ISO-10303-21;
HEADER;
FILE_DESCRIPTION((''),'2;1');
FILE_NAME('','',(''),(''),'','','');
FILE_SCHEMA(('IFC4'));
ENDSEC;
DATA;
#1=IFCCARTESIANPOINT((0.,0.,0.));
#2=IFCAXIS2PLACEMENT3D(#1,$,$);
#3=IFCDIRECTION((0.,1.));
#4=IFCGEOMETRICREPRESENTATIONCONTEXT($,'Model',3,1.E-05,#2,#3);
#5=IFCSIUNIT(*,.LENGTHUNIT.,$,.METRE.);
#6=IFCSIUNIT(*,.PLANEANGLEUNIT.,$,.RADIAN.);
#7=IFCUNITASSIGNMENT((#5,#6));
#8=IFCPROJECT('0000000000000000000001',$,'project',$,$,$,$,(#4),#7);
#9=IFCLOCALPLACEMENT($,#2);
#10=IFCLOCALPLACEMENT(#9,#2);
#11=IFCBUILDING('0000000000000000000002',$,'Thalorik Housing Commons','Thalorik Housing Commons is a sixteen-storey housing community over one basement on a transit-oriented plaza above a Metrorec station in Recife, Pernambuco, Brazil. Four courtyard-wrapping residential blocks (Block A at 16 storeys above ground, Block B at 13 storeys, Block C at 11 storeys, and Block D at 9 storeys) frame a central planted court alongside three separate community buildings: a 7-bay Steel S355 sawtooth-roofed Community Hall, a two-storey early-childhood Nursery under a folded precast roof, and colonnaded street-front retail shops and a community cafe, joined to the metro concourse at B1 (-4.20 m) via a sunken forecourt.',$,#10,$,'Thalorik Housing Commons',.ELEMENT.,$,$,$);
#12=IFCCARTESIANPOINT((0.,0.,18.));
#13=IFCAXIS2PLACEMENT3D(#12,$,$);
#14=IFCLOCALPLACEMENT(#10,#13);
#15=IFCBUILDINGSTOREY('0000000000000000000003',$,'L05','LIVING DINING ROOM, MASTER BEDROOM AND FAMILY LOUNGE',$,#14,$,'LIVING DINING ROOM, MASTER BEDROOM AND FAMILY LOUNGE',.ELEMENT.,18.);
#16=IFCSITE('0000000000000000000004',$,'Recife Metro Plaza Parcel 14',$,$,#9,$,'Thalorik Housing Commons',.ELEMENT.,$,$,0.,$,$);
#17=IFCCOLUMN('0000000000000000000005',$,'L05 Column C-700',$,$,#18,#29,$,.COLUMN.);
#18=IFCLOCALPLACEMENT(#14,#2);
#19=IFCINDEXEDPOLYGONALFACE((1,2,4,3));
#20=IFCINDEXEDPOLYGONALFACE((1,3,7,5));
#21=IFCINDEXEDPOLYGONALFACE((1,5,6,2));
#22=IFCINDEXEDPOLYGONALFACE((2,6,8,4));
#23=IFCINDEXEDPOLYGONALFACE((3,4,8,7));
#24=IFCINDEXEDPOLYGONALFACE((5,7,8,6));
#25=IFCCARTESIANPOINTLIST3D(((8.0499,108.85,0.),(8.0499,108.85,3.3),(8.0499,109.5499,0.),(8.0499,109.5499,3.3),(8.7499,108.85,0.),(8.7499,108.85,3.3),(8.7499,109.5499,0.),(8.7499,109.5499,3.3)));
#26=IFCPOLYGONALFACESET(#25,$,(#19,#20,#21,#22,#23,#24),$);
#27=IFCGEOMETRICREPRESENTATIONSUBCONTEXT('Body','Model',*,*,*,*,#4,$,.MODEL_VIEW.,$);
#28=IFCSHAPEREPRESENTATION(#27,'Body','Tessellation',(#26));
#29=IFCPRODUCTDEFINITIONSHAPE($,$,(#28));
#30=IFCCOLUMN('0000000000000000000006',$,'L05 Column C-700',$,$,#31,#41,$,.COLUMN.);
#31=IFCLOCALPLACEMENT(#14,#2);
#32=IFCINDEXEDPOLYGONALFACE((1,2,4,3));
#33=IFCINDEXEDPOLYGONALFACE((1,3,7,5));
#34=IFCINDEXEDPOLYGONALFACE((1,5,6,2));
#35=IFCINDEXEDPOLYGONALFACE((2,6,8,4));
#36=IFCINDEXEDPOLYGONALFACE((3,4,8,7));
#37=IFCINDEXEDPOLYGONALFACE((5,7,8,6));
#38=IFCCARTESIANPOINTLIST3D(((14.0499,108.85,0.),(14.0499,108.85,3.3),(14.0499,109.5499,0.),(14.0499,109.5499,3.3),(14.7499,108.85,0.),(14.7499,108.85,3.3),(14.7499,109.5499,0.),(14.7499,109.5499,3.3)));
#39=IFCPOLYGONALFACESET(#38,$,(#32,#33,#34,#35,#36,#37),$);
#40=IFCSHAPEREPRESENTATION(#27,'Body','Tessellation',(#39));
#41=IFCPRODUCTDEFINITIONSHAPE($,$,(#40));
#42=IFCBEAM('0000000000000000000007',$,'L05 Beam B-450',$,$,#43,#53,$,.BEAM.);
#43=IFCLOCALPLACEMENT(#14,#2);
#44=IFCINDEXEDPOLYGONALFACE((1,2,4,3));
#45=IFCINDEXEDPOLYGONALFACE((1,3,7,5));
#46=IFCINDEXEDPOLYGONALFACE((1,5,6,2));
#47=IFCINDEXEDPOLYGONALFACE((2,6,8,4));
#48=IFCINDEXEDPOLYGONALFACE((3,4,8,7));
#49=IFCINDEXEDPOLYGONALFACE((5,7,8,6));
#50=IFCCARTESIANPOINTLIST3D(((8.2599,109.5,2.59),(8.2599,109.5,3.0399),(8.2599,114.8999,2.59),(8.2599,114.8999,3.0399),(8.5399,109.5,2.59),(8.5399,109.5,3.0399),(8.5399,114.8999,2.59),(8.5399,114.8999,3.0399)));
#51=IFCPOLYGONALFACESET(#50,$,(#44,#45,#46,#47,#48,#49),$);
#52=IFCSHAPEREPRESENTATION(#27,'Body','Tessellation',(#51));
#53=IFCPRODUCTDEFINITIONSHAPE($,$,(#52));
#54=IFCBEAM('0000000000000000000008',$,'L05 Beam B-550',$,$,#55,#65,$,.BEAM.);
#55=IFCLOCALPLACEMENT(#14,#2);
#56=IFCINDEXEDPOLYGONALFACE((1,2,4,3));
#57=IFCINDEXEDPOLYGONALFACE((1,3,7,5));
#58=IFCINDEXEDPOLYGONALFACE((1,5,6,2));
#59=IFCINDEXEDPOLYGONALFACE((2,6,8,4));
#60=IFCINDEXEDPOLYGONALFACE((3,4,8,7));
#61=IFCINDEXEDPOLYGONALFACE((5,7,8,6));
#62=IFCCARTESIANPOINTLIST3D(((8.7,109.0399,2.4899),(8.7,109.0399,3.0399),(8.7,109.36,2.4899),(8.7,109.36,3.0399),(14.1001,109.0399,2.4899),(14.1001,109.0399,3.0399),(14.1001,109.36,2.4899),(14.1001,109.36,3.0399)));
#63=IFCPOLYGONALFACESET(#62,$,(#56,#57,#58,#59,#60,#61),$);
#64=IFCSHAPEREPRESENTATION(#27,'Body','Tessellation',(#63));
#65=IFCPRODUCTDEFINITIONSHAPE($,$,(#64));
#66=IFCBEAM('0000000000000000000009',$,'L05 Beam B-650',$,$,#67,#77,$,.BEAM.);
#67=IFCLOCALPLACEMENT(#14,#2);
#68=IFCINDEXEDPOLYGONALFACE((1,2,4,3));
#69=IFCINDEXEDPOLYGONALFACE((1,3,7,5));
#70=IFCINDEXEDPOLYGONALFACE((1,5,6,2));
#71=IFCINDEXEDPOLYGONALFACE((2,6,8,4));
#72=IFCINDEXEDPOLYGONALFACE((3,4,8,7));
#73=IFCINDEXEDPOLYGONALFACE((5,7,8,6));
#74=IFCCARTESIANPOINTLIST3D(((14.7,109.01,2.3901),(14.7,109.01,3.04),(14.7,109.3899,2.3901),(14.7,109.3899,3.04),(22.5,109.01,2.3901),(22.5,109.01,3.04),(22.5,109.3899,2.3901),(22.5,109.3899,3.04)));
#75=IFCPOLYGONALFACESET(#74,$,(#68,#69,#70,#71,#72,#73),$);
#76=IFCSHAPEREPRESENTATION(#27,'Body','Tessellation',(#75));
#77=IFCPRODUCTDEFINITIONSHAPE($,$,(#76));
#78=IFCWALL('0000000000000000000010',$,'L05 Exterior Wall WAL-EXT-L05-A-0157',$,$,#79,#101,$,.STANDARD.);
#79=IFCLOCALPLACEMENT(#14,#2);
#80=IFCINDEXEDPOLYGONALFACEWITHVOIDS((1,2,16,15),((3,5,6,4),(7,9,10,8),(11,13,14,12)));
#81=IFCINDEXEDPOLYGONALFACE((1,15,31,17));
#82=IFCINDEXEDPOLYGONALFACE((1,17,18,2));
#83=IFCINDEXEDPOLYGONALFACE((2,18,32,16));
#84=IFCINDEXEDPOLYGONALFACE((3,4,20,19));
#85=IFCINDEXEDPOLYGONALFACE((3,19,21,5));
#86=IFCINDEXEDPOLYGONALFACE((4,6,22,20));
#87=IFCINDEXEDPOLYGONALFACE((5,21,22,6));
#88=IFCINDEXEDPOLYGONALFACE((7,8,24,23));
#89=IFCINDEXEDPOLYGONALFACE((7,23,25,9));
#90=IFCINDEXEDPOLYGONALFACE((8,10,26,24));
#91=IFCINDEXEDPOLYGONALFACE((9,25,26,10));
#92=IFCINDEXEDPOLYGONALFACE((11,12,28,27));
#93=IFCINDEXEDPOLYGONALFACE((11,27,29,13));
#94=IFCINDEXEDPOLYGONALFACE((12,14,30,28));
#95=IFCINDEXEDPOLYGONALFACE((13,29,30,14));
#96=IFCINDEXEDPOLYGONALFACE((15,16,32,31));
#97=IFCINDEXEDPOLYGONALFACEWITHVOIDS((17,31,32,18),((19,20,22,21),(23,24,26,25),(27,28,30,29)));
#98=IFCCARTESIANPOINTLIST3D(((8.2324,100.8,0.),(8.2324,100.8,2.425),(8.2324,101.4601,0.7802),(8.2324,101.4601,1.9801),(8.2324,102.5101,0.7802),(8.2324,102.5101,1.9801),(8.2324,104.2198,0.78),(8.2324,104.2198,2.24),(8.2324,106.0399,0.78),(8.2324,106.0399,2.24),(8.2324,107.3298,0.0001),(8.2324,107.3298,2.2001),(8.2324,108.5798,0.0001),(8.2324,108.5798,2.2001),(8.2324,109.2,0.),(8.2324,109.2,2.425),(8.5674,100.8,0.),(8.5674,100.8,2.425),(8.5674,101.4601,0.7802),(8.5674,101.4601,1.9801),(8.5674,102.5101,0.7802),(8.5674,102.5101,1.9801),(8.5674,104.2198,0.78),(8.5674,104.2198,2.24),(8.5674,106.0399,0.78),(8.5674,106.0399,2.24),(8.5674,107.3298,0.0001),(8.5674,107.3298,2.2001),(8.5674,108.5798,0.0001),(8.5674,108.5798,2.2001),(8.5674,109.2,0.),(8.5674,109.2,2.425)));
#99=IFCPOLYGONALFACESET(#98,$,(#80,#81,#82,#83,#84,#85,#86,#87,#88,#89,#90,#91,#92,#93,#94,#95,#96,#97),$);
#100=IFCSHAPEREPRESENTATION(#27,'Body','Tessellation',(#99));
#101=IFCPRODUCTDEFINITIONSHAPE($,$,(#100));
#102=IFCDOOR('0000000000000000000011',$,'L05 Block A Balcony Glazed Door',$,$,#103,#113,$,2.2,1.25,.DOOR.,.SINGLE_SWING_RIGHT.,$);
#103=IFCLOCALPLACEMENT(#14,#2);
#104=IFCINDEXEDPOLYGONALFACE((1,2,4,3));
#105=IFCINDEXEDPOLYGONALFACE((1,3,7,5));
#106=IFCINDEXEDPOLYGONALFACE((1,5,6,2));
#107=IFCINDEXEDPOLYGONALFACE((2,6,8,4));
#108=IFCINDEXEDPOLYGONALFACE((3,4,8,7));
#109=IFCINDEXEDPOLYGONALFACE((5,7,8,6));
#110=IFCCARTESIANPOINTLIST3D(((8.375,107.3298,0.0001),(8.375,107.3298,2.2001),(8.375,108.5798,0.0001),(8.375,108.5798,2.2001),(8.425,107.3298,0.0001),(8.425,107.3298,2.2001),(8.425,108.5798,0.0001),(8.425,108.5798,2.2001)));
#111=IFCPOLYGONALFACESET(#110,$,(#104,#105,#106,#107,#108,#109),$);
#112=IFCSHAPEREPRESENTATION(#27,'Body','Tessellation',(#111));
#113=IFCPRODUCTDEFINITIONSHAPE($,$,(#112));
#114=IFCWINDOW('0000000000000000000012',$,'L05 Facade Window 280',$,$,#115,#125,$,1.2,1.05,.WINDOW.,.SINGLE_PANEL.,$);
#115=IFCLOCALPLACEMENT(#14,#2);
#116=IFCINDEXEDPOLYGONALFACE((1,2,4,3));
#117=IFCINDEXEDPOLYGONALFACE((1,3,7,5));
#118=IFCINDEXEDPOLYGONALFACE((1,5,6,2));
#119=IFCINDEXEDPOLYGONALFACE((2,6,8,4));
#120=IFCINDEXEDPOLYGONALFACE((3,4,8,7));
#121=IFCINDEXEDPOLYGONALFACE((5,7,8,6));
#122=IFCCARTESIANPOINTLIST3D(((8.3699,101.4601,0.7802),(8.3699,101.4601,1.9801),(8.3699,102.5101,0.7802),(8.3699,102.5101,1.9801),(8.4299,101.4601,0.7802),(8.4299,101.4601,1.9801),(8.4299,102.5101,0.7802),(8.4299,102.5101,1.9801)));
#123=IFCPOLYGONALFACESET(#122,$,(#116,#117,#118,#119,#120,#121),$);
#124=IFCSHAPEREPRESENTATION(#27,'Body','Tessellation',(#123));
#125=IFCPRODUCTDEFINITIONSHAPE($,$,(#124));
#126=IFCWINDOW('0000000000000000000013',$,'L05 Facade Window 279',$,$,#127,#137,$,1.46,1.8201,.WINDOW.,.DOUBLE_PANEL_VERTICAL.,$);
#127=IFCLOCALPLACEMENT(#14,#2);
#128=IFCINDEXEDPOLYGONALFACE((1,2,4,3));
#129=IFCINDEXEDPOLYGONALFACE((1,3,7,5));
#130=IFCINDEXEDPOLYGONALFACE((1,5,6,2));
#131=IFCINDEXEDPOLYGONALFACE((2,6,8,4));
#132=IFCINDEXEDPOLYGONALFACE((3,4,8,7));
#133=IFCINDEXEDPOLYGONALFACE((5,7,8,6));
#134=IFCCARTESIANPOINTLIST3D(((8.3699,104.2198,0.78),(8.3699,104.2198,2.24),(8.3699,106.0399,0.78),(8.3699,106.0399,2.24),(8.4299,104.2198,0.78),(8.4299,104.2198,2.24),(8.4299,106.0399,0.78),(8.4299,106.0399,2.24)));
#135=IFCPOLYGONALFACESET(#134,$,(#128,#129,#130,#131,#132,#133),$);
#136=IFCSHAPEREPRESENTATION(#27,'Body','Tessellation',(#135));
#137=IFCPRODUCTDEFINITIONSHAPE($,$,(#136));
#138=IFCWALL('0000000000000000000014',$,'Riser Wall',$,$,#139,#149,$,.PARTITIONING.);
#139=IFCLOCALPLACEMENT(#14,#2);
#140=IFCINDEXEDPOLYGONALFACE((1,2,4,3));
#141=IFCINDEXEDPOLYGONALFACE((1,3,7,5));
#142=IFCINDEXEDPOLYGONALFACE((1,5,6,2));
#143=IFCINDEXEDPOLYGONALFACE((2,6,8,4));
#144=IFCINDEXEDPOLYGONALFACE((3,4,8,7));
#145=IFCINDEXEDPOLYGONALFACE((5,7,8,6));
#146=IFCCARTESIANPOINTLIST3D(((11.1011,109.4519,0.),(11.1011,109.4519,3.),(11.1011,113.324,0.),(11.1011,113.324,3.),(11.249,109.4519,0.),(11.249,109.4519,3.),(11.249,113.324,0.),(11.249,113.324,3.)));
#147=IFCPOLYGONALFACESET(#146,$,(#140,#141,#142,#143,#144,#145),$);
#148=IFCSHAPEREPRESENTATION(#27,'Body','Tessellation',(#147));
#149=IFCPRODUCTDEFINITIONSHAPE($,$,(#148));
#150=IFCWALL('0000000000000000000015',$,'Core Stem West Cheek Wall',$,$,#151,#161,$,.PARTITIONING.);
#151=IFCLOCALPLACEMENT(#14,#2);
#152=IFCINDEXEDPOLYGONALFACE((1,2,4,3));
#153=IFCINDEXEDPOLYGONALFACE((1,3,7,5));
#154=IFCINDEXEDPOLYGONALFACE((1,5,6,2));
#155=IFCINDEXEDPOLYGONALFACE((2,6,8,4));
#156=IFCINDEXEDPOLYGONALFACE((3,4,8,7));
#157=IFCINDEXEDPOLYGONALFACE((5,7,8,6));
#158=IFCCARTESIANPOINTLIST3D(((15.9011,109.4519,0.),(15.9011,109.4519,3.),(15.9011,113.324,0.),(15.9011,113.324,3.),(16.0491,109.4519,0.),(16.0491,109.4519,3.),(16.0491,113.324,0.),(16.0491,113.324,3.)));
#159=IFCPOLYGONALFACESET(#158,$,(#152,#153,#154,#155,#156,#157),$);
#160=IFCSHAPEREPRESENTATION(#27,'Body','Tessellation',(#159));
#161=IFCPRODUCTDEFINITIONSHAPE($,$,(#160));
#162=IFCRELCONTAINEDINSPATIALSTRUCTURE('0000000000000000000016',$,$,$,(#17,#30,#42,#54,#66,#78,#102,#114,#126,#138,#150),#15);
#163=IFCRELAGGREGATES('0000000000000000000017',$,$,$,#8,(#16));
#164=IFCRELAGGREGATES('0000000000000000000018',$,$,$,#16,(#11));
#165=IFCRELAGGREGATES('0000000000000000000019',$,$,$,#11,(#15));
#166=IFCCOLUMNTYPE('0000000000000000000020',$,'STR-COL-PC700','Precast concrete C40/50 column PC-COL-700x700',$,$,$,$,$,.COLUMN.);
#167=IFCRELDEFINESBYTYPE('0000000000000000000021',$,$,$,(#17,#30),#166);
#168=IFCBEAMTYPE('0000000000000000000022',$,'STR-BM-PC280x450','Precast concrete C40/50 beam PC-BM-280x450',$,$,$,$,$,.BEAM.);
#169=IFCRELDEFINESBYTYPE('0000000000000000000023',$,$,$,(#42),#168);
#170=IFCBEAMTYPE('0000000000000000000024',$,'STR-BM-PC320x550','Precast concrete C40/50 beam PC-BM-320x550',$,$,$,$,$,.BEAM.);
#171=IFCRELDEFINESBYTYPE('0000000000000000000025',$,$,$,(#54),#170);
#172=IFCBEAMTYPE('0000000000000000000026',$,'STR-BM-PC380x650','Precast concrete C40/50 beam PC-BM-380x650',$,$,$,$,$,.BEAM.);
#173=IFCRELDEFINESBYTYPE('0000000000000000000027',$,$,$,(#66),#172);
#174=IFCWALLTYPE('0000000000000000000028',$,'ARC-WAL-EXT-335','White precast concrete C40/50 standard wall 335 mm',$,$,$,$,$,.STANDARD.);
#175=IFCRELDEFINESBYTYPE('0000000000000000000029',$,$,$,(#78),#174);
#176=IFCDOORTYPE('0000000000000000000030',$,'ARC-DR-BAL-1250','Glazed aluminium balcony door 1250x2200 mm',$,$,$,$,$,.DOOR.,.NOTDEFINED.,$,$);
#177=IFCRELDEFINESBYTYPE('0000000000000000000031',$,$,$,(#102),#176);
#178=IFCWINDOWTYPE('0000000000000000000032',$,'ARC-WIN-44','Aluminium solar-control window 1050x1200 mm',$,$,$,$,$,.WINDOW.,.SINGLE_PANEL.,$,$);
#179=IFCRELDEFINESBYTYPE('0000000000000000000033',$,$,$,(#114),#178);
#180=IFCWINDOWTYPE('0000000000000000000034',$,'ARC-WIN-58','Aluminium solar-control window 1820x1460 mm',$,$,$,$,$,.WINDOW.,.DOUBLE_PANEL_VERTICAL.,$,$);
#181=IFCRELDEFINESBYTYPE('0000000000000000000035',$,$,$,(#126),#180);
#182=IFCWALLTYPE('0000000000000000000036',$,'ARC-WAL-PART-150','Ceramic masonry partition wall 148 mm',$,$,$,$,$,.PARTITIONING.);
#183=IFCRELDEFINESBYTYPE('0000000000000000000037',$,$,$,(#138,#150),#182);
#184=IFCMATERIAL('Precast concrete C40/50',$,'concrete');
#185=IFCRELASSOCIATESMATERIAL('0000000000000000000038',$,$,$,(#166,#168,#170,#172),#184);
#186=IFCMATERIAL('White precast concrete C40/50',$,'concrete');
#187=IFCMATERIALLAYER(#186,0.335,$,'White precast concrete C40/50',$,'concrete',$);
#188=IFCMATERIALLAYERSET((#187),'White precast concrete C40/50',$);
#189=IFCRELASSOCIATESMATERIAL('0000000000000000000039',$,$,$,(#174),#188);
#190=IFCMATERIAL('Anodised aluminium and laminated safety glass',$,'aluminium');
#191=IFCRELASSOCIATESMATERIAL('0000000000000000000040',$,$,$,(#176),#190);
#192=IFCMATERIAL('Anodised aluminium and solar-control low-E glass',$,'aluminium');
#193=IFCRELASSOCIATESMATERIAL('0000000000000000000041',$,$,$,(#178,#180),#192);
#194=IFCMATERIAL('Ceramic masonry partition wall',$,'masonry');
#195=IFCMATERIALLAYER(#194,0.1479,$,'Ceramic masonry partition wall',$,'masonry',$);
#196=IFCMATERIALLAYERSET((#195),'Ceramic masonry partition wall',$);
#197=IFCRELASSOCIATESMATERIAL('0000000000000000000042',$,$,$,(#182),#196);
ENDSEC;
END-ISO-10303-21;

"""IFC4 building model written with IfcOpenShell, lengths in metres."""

from ifc_helpers import new_model, si_unit, direction, frame, frame_2d, origin, origin_2d, place, context, subcontext, project, spatial, rectangle, extrude, material, layer, layer_set, material_profile, profile_set, type_object, element, fill, save


model = new_model("IFC4")

# Units and contexts
model_context = context("Model", 3, precision=1e-05, world=origin(), true_north=direction((0.0, 1.0)))
body_context = subcontext(model_context, "Body", "Model", "MODEL_VIEW")
ifc_project = project(units=[si_unit("LENGTHUNIT", "METRE"), si_unit("PLANEANGLEUNIT", "RADIAN")], contexts=[model_context])

# Site, building, storey
site_placement = place(None, origin())
site = spatial("IfcSite", under=ifc_project, at=site_placement, Name="Recife Metro Plaza Parcel 14", LongName="Thalorik Housing Commons", CompositionType="ELEMENT", RefElevation=0.0)
building_placement = place(site_placement, origin())
building = spatial("IfcBuilding", under=site, at=building_placement, Name="Thalorik Housing Commons", Description="Thalorik Housing Commons is a sixteen-storey housing community over one basement on a transit-oriented plaza above a Metrorec station in Recife, Pernambuco, Brazil. Four courtyard-wrapping residential blocks (Block A at 16 storeys above ground, Block B at 13 storeys, Block C at 11 storeys, and Block D at 9 storeys) frame a central planted court alongside three separate community buildings: a 7-bay Steel S355 sawtooth-roofed Community Hall, a two-storey early-childhood Nursery under a folded precast roof, and colonnaded street-front retail shops and a community cafe, joined to the metro concourse at B1 (-4.20 m) via a sunken forecourt.", LongName="Thalorik Housing Commons", CompositionType="ELEMENT")
storey_placement = place(building_placement, frame((0.0, 0.0, 18.0)))
storey = spatial("IfcBuildingStorey", under=building, at=storey_placement, Name="L05", Description="LIVING DINING ROOM, MASTER BEDROOM AND FAMILY LOUNGE", LongName="LIVING DINING ROOM, MASTER BEDROOM AND FAMILY LOUNGE", CompositionType="ELEMENT", Elevation=18.0)

# Columns
ifc_material_1 = material(Name="Precast concrete C40/50", Category="concrete")
ifc_material_profile_1 = material_profile(ifc_material_1, rectangle(XDim=0.7, YDim=0.7, at=origin_2d()), Name="PC 700x700", Category="concrete")
ifc_profile_set_1 = profile_set([ifc_material_profile_1], Name="Precast concrete C40/50")
column_type = type_object("IfcColumnType", Name="STR-COL-PC700", Description="Precast concrete C40/50 column PC-COL-700x700", PredefinedType="COLUMN", material=ifc_profile_set_1)
for number, where, z_axis, x_axis, name in (
    (1, (8.3999, 109.2, 0.0), (0.0, 0.0, 1.0), (1.0, 0.0, 0.0), "L05 Column C-700"),
    (2, (14.3999, 109.2, 0.0), (0.0, 0.0, 1.0), (1.0, 0.0, 0.0), "L05 Column C-700"),
):
    element("IfcColumn", number, at=place(storey_placement, frame(where, z_axis=z_axis, x_axis=x_axis)), inside=storey, type_object=column_type, Name=name, PredefinedType="COLUMN", context=body_context, shape_type="SweptSolid", body=[
        extrude(rectangle(XDim=0.7, YDim=0.7, at=origin_2d()), origin(), (0.0, 0.0, 1.0), 3.3),
    ])

# Beams
ifc_material_profile_2 = material_profile(ifc_material_1, rectangle(XDim=0.28, YDim=0.45, at=origin_2d()), Name="PC 280x450", Category="concrete")
ifc_profile_set_2 = profile_set([ifc_material_profile_2], Name="Precast concrete C40/50")
beam_type_1 = type_object("IfcBeamType", Name="STR-BM-PC280x450", Description="Precast concrete C40/50 beam PC-BM-280x450", PredefinedType="BEAM", material=ifc_profile_set_2)
beam_1_placement = place(storey_placement, frame((8.3999, 109.5, 2.8149), z_axis=(0.0, 1.0, 0.0), x_axis=(-1.0, 0.0, 0.0)))
element("IfcBeam", 3, at=beam_1_placement, inside=storey, type_object=beam_type_1, Name="L05 Beam B-450", PredefinedType="BEAM", context=body_context, shape_type="SweptSolid", body=[
    extrude(rectangle(XDim=0.28, YDim=0.45, at=origin_2d()), origin(), (0.0, 0.0, 1.0), 5.3999),
])
ifc_material_profile_3 = material_profile(ifc_material_1, rectangle(XDim=0.3201, YDim=0.55, at=origin_2d()), Name="PC 320x550", Category="concrete")
ifc_profile_set_3 = profile_set([ifc_material_profile_3], Name="Precast concrete C40/50")
beam_type_2 = type_object("IfcBeamType", Name="STR-BM-PC320x550", Description="Precast concrete C40/50 beam PC-BM-320x550", PredefinedType="BEAM", material=ifc_profile_set_3)
beam_2_placement = place(storey_placement, frame((8.7, 109.2, 2.7649), z_axis=(1.0, 0.0, 0.0), x_axis=(0.0, 1.0, 0.0)))
element("IfcBeam", 4, at=beam_2_placement, inside=storey, type_object=beam_type_2, Name="L05 Beam B-550", PredefinedType="BEAM", context=body_context, shape_type="SweptSolid", body=[
    extrude(rectangle(XDim=0.3201, YDim=0.55, at=origin_2d()), origin(), (0.0, 0.0, 1.0), 5.4001),
])
ifc_material_profile_4 = material_profile(ifc_material_1, rectangle(XDim=0.3799, YDim=0.6499, at=origin_2d()), Name="PC 380x650", Category="concrete")
ifc_profile_set_4 = profile_set([ifc_material_profile_4], Name="Precast concrete C40/50")
beam_type_3 = type_object("IfcBeamType", Name="STR-BM-PC380x650", Description="Precast concrete C40/50 beam PC-BM-380x650", PredefinedType="BEAM", material=ifc_profile_set_4)
beam_3_placement = place(storey_placement, frame((14.7, 109.2, 2.7151), z_axis=(1.0, 0.0, 0.0), x_axis=(0.0, 1.0, 0.0)))
element("IfcBeam", 5, at=beam_3_placement, inside=storey, type_object=beam_type_3, Name="L05 Beam B-650", PredefinedType="BEAM", context=body_context, shape_type="SweptSolid", body=[
    extrude(rectangle(XDim=0.3799, YDim=0.6499, at=origin_2d()), origin(), (0.0, 0.0, 1.0), 7.8),
])

# Wall, openings, door, windows
ifc_material_2 = material(Name="White precast concrete C40/50", Category="concrete")
ifc_layer_1 = layer(ifc_material_2, 0.335, Name="White precast concrete C40/50", Category="concrete")
ifc_layer_set_1 = layer_set([ifc_layer_1], Name="White precast concrete C40/50")
wall_type_1 = type_object("IfcWallType", Name="ARC-WAL-EXT-335", Description="White precast concrete C40/50 standard wall 335 mm", PredefinedType="STANDARD", material=ifc_layer_set_1)
wall_1_placement = place(storey_placement, frame((8.3999, 109.2, 0.0), z_axis=(0.0, 0.0, 1.0), x_axis=(0.0, -1.0, 0.0)))
wall_1 = element("IfcWall", 6, at=wall_1_placement, inside=storey, type_object=wall_type_1, Name="L05 Exterior Wall WAL-EXT-L05-A-0157", PredefinedType="STANDARD", context=body_context, shape_type="SweptSolid", body=[
    extrude(rectangle(XDim=8.3999, YDim=0.335, at=frame_2d((4.2, 0.0))), origin(), (0.0, 0.0, 1.0), 2.425),
])
opening_1_placement = place(wall_1_placement, frame((0.6201, 0.0, 0.0)))
opening_1 = element("IfcOpeningElement", 7, at=opening_1_placement, cuts=wall_1, PredefinedType="OPENING", context=body_context, shape_type="SweptSolid", body=[
    extrude(rectangle(XDim=1.25, YDim=2.2, at=frame_2d((0.625, 1.1001))), frame((0.0, 0.1775, 0.0), z_axis=(0.0, -1.0, 0.0), x_axis=(1.0, 0.0, 0.0)), (0.0, 0.0, 1.0), 0.355),
])
opening_2_placement = place(wall_1_placement, frame((3.1599, 0.0, 0.78)))
opening_2 = element("IfcOpeningElement", 8, at=opening_2_placement, cuts=wall_1, PredefinedType="OPENING", context=body_context, shape_type="SweptSolid", body=[
    extrude(rectangle(XDim=1.8201, YDim=1.46, at=frame_2d((0.9102, 0.73))), frame((0.0, 0.1775, 0.0), z_axis=(0.0, -1.0, 0.0), x_axis=(1.0, 0.0, 0.0)), (0.0, 0.0, 1.0), 0.355),
])
opening_3_placement = place(wall_1_placement, frame((6.6899, 0.0, 0.78)))
opening_3 = element("IfcOpeningElement", 9, at=opening_3_placement, cuts=wall_1, PredefinedType="OPENING", context=body_context, shape_type="SweptSolid", body=[
    extrude(rectangle(XDim=1.05, YDim=1.2, at=frame_2d((0.5249, 0.6001))), frame((0.0, 0.1775, 0.0), z_axis=(0.0, -1.0, 0.0), x_axis=(1.0, 0.0, 0.0)), (0.0, 0.0, 1.0), 0.355),
])
ifc_material_3 = material(Name="Anodised aluminium and laminated safety glass", Category="aluminium")
door_type_1 = type_object("IfcDoorType", Name="ARC-DR-BAL-1250", Description="Glazed aluminium balcony door 1250x2200 mm", OperationType="NOTDEFINED", PredefinedType="DOOR", material=ifc_material_3)
door_1_placement = place(opening_1_placement, frame((1.25, 0.0, 0.0), z_axis=(0.0, 0.0, 1.0), x_axis=(-1.0, 0.0, 0.0)))
door_1 = element("IfcDoor", 10, at=door_1_placement, inside=storey, type_object=door_type_1, Name="L05 Block A Balcony Glazed Door", OperationType="SINGLE_SWING_RIGHT", OverallHeight=2.2, OverallWidth=1.25, PredefinedType="DOOR", context=body_context, shape_type="SweptSolid", body=[
    extrude(rectangle(XDim=1.25, YDim=2.2, at=frame_2d((0.625, 1.1001))), frame((0.0, 0.0249, 0.0), z_axis=(0.0, -1.0, 0.0), x_axis=(1.0, 0.0, 0.0)), (0.0, 0.0, 1.0), 0.05),
])
fill(opening_1, door_1)
ifc_material_4 = material(Name="Anodised aluminium and solar-control low-E glass", Category="aluminium")
window_type_1 = type_object("IfcWindowType", Name="ARC-WIN-44", Description="Aluminium solar-control window 1050x1200 mm", PartitioningType="SINGLE_PANEL", PredefinedType="WINDOW", material=ifc_material_4)
window_1_placement = place(opening_3_placement, origin())
window_1 = element("IfcWindow", 11, at=window_1_placement, inside=storey, type_object=window_type_1, Name="L05 Facade Window 280", OverallHeight=1.2, OverallWidth=1.05, PartitioningType="SINGLE_PANEL", PredefinedType="WINDOW", context=body_context, shape_type="SweptSolid", body=[
    extrude(rectangle(XDim=1.05, YDim=1.2, at=frame_2d((0.5249, 0.6001))), frame((0.0, 0.03, 0.0), z_axis=(0.0, -1.0, 0.0), x_axis=(1.0, 0.0, 0.0)), (0.0, 0.0, 1.0), 0.0601),
])
fill(opening_3, window_1)
window_type_2 = type_object("IfcWindowType", Name="ARC-WIN-58", Description="Aluminium solar-control window 1820x1460 mm", PartitioningType="DOUBLE_PANEL_VERTICAL", PredefinedType="WINDOW", material=ifc_material_4)
window_2_placement = place(opening_2_placement, origin())
window_2 = element("IfcWindow", 12, at=window_2_placement, inside=storey, type_object=window_type_2, Name="L05 Facade Window 279", OverallHeight=1.46, OverallWidth=1.8201, PartitioningType="DOUBLE_PANEL_VERTICAL", PredefinedType="WINDOW", context=body_context, shape_type="SweptSolid", body=[
    extrude(rectangle(XDim=1.8201, YDim=1.46, at=frame_2d((0.9102, 0.73))), frame((0.0, 0.03, 0.0), z_axis=(0.0, -1.0, 0.0), x_axis=(1.0, 0.0, 0.0)), (0.0, 0.0, 1.0), 0.0601),
])
fill(opening_2, window_2)

# Walls
ifc_material_5 = material(Name="Ceramic masonry partition wall", Category="masonry")
ifc_layer_2 = layer(ifc_material_5, 0.1479, Name="Ceramic masonry partition wall", Category="masonry")
ifc_layer_set_2 = layer_set([ifc_layer_2], Name="Ceramic masonry partition wall")
wall_type_2 = type_object("IfcWallType", Name="ARC-WAL-PART-150", Description="Ceramic masonry partition wall 148 mm", PredefinedType="PARTITIONING", material=ifc_layer_set_2)
for number, where, z_axis, x_axis, name in (
    (13, (11.175, 113.324, 0.0), (0.0, 0.0, 1.0), (0.0, -1.0, 0.0), "Riser Wall"),
    (14, (15.9751, 113.324, 0.0), (0.0, 0.0, 1.0), (0.0, -1.0, 0.0), "Core Stem West Cheek Wall"),
):
    element("IfcWall", number, at=place(storey_placement, frame(where, z_axis=z_axis, x_axis=x_axis)), inside=storey, type_object=wall_type_2, Name=name, PredefinedType="PARTITIONING", context=body_context, shape_type="SweptSolid", body=[
        extrude(rectangle(XDim=3.8721, YDim=0.1479, at=frame_2d((1.936, 0.0))), origin(), (0.0, 0.0, 1.0), 3.0),
    ])

save(model, "model.ifc")
